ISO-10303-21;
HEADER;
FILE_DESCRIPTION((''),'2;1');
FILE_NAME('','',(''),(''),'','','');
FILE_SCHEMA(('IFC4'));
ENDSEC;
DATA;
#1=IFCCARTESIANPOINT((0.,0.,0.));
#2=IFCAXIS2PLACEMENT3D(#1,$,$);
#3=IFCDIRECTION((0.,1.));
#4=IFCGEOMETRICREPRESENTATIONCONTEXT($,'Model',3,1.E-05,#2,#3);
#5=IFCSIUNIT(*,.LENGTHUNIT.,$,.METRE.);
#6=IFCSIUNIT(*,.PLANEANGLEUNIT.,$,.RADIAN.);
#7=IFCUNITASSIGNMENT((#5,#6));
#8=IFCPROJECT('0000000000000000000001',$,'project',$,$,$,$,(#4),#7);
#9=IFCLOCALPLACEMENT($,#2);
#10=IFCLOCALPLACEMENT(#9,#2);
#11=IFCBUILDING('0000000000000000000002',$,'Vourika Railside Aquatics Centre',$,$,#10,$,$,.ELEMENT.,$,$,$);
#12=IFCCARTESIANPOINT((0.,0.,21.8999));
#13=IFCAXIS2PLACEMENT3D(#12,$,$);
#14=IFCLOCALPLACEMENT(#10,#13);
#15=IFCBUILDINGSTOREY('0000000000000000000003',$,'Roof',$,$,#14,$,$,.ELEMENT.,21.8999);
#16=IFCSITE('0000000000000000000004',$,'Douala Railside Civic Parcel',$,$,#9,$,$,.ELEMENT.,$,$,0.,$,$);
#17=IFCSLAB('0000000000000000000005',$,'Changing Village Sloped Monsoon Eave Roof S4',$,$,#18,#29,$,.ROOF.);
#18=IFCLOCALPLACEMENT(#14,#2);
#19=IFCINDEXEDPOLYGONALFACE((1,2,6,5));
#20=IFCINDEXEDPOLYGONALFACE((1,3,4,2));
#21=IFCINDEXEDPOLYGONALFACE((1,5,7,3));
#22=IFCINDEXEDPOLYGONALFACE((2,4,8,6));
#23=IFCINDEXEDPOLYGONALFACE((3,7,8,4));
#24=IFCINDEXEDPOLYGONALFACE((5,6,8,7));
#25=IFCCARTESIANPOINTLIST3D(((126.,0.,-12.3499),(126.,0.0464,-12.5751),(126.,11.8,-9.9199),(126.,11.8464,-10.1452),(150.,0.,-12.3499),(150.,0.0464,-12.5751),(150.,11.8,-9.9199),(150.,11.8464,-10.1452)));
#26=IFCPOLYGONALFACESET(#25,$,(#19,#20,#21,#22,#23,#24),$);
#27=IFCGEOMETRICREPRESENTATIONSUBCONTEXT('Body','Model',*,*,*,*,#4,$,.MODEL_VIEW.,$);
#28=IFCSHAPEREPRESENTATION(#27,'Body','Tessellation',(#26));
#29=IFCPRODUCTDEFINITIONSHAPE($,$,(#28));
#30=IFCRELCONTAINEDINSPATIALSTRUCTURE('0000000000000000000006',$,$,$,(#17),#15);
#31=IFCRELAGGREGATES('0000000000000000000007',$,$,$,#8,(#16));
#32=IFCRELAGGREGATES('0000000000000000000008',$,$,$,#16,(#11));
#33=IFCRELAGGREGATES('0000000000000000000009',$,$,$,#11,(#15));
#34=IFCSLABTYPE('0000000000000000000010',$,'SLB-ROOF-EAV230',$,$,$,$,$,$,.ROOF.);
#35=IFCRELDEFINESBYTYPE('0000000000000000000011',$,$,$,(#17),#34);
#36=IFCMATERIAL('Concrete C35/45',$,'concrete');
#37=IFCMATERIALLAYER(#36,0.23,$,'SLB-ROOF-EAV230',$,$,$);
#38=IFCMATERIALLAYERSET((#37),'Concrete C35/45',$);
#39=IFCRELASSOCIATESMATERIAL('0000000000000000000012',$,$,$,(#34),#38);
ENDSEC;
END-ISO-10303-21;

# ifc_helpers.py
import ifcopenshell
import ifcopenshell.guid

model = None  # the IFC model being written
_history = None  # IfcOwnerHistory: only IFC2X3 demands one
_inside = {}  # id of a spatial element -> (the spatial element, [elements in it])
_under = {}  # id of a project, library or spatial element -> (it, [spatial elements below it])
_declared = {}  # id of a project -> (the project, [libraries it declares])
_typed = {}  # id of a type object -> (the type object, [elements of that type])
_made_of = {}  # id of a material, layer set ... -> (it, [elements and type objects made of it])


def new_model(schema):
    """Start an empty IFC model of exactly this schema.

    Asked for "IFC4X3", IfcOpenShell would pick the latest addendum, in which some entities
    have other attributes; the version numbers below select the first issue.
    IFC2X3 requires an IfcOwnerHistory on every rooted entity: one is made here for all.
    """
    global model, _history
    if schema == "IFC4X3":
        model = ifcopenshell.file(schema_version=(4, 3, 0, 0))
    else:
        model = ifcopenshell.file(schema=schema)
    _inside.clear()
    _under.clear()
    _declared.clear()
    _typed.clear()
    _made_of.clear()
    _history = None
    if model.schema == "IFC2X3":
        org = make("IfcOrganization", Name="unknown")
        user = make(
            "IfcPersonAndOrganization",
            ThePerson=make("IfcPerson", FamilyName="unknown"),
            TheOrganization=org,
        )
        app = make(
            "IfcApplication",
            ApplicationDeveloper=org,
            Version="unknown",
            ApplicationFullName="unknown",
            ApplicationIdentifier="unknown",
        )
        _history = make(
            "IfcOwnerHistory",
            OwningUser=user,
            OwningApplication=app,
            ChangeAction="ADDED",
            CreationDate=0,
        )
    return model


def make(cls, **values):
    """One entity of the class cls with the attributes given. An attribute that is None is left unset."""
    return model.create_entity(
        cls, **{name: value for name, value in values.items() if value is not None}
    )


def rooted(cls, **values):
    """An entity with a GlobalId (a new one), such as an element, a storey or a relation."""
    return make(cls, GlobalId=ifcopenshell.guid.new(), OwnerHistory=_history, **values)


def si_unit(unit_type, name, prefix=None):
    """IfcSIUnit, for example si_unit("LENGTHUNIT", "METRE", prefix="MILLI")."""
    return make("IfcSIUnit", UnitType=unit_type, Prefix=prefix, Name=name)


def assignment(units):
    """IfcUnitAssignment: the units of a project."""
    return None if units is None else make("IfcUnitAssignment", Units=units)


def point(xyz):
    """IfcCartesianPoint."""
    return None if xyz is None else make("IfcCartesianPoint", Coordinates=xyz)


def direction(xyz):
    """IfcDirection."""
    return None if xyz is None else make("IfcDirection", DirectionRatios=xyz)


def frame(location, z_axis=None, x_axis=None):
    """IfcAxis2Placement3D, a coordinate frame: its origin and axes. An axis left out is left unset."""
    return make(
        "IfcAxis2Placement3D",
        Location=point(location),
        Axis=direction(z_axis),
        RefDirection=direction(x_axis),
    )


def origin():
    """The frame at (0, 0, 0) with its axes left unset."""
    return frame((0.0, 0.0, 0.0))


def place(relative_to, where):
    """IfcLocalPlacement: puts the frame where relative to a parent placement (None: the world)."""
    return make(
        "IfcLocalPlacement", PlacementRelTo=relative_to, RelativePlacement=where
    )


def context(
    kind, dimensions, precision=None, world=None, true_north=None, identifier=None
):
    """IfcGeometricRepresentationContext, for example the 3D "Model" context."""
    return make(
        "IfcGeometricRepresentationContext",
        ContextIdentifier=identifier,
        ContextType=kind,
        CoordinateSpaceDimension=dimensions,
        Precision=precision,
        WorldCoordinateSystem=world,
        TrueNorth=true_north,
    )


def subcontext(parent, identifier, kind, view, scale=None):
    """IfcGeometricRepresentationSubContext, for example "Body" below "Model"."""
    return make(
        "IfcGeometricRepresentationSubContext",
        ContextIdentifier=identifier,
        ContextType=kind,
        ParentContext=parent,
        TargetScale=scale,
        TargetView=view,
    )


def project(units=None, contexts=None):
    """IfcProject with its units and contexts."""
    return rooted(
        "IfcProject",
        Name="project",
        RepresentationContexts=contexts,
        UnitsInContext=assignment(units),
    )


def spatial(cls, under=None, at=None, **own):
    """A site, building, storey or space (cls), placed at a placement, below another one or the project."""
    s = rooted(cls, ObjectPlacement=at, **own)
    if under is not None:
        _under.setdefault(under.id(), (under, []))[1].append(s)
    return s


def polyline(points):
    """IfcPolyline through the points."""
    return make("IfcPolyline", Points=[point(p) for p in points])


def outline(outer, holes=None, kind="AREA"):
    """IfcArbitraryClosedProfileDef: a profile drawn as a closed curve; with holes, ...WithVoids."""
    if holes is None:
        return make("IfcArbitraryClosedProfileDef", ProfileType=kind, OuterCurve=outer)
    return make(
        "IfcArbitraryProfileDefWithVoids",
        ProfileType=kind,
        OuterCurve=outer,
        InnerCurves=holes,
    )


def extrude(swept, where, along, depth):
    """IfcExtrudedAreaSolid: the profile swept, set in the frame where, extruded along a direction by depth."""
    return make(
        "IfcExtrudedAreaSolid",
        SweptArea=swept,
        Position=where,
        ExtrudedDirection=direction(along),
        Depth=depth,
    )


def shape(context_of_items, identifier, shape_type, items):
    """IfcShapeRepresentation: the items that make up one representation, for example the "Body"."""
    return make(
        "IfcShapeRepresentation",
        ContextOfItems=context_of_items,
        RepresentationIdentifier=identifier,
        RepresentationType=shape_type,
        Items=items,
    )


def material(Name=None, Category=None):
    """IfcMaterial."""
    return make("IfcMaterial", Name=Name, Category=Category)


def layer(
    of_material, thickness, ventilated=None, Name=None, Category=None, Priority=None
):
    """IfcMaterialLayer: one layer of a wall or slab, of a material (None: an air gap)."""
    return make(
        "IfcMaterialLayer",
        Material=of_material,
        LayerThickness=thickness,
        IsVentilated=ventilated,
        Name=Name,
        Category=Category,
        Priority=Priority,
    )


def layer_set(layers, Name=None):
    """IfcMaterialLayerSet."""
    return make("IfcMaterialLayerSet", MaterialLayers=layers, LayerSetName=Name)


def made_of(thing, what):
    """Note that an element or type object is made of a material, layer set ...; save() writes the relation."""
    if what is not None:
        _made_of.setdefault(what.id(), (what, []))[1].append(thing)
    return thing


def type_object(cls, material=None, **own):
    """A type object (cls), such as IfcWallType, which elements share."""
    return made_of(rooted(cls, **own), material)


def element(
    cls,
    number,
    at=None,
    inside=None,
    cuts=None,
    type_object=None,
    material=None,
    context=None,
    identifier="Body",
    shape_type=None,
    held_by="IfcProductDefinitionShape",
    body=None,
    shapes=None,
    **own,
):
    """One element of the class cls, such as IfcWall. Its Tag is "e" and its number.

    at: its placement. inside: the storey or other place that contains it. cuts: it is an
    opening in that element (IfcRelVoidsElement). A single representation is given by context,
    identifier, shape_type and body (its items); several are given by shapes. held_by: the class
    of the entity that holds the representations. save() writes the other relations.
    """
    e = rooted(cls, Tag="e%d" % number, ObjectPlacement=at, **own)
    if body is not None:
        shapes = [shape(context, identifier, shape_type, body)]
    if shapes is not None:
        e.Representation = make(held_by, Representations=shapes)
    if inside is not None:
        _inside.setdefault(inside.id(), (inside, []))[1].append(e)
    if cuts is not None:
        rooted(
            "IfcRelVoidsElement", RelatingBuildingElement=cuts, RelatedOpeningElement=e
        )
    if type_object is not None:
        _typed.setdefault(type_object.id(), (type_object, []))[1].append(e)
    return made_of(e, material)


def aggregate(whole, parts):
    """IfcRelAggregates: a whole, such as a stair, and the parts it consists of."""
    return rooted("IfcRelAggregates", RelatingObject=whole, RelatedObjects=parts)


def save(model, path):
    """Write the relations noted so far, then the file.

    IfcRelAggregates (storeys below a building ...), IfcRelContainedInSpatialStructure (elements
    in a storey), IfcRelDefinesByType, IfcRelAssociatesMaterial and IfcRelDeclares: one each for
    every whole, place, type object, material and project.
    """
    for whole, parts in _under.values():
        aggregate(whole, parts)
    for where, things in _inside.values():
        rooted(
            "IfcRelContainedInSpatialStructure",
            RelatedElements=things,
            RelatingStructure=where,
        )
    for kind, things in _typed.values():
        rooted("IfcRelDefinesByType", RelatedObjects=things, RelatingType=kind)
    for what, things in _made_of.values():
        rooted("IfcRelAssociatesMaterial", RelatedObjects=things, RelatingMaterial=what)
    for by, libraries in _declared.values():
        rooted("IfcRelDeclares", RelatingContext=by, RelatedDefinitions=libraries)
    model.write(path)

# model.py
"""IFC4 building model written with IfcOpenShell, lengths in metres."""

from ifc_helpers import new_model, si_unit, direction, frame, origin, place, context, subcontext, project, spatial, polyline, outline, extrude, material, layer, layer_set, type_object, element, save


model = new_model("IFC4")

# Units and contexts
model_context = context("Model", 3, precision=1e-05, world=origin(), true_north=direction((0.0, 1.0)))
body_context = subcontext(model_context, "Body", "Model", "MODEL_VIEW")
ifc_project = project(units=[si_unit("LENGTHUNIT", "METRE"), si_unit("PLANEANGLEUNIT", "RADIAN")], contexts=[model_context])

# Site, building, storey
site_placement = place(None, origin())
site = spatial("IfcSite", under=ifc_project, at=site_placement, Name="Douala Railside Civic Parcel", CompositionType="ELEMENT", RefElevation=0.0)
building_placement = place(site_placement, origin())
building = spatial("IfcBuilding", under=site, at=building_placement, Name="Vourika Railside Aquatics Centre", CompositionType="ELEMENT")
storey_placement = place(building_placement, frame((0.0, 0.0, 21.8999)))
storey = spatial("IfcBuildingStorey", under=building, at=storey_placement, Name="Roof", CompositionType="ELEMENT", Elevation=21.8999)

# Slab
ifc_material_1 = material(Name="Concrete C35/45", Category="concrete")
ifc_layer_1 = layer(ifc_material_1, 0.23, Name="SLB-ROOF-EAV230")
ifc_layer_set_1 = layer_set([ifc_layer_1], Name="Concrete C35/45")
slab_type = type_object("IfcSlabType", Name="SLB-ROOF-EAV230", PredefinedType="ROOF", material=ifc_layer_set_1)
slab_placement = place(storey_placement, frame((126.0, 0.0, -12.3499), z_axis=(0.0, -0.201694, 0.979449), x_axis=(1.0, 0.0, 0.0)))
element("IfcSlab", 1, at=slab_placement, inside=storey, type_object=slab_type, Name="Changing Village Sloped Monsoon Eave Roof S4", PredefinedType="ROOF", context=body_context, shape_type="SweptSolid", body=[
    extrude(outline(polyline([(0.0, 0.0), (24.0, 0.0), (24.0, 12.0476), (0.0, 12.0476), (0.0, 0.0)])), origin(), (0.0, 0.0, -1.0), 0.23),
])

save(model, "model.ifc")
